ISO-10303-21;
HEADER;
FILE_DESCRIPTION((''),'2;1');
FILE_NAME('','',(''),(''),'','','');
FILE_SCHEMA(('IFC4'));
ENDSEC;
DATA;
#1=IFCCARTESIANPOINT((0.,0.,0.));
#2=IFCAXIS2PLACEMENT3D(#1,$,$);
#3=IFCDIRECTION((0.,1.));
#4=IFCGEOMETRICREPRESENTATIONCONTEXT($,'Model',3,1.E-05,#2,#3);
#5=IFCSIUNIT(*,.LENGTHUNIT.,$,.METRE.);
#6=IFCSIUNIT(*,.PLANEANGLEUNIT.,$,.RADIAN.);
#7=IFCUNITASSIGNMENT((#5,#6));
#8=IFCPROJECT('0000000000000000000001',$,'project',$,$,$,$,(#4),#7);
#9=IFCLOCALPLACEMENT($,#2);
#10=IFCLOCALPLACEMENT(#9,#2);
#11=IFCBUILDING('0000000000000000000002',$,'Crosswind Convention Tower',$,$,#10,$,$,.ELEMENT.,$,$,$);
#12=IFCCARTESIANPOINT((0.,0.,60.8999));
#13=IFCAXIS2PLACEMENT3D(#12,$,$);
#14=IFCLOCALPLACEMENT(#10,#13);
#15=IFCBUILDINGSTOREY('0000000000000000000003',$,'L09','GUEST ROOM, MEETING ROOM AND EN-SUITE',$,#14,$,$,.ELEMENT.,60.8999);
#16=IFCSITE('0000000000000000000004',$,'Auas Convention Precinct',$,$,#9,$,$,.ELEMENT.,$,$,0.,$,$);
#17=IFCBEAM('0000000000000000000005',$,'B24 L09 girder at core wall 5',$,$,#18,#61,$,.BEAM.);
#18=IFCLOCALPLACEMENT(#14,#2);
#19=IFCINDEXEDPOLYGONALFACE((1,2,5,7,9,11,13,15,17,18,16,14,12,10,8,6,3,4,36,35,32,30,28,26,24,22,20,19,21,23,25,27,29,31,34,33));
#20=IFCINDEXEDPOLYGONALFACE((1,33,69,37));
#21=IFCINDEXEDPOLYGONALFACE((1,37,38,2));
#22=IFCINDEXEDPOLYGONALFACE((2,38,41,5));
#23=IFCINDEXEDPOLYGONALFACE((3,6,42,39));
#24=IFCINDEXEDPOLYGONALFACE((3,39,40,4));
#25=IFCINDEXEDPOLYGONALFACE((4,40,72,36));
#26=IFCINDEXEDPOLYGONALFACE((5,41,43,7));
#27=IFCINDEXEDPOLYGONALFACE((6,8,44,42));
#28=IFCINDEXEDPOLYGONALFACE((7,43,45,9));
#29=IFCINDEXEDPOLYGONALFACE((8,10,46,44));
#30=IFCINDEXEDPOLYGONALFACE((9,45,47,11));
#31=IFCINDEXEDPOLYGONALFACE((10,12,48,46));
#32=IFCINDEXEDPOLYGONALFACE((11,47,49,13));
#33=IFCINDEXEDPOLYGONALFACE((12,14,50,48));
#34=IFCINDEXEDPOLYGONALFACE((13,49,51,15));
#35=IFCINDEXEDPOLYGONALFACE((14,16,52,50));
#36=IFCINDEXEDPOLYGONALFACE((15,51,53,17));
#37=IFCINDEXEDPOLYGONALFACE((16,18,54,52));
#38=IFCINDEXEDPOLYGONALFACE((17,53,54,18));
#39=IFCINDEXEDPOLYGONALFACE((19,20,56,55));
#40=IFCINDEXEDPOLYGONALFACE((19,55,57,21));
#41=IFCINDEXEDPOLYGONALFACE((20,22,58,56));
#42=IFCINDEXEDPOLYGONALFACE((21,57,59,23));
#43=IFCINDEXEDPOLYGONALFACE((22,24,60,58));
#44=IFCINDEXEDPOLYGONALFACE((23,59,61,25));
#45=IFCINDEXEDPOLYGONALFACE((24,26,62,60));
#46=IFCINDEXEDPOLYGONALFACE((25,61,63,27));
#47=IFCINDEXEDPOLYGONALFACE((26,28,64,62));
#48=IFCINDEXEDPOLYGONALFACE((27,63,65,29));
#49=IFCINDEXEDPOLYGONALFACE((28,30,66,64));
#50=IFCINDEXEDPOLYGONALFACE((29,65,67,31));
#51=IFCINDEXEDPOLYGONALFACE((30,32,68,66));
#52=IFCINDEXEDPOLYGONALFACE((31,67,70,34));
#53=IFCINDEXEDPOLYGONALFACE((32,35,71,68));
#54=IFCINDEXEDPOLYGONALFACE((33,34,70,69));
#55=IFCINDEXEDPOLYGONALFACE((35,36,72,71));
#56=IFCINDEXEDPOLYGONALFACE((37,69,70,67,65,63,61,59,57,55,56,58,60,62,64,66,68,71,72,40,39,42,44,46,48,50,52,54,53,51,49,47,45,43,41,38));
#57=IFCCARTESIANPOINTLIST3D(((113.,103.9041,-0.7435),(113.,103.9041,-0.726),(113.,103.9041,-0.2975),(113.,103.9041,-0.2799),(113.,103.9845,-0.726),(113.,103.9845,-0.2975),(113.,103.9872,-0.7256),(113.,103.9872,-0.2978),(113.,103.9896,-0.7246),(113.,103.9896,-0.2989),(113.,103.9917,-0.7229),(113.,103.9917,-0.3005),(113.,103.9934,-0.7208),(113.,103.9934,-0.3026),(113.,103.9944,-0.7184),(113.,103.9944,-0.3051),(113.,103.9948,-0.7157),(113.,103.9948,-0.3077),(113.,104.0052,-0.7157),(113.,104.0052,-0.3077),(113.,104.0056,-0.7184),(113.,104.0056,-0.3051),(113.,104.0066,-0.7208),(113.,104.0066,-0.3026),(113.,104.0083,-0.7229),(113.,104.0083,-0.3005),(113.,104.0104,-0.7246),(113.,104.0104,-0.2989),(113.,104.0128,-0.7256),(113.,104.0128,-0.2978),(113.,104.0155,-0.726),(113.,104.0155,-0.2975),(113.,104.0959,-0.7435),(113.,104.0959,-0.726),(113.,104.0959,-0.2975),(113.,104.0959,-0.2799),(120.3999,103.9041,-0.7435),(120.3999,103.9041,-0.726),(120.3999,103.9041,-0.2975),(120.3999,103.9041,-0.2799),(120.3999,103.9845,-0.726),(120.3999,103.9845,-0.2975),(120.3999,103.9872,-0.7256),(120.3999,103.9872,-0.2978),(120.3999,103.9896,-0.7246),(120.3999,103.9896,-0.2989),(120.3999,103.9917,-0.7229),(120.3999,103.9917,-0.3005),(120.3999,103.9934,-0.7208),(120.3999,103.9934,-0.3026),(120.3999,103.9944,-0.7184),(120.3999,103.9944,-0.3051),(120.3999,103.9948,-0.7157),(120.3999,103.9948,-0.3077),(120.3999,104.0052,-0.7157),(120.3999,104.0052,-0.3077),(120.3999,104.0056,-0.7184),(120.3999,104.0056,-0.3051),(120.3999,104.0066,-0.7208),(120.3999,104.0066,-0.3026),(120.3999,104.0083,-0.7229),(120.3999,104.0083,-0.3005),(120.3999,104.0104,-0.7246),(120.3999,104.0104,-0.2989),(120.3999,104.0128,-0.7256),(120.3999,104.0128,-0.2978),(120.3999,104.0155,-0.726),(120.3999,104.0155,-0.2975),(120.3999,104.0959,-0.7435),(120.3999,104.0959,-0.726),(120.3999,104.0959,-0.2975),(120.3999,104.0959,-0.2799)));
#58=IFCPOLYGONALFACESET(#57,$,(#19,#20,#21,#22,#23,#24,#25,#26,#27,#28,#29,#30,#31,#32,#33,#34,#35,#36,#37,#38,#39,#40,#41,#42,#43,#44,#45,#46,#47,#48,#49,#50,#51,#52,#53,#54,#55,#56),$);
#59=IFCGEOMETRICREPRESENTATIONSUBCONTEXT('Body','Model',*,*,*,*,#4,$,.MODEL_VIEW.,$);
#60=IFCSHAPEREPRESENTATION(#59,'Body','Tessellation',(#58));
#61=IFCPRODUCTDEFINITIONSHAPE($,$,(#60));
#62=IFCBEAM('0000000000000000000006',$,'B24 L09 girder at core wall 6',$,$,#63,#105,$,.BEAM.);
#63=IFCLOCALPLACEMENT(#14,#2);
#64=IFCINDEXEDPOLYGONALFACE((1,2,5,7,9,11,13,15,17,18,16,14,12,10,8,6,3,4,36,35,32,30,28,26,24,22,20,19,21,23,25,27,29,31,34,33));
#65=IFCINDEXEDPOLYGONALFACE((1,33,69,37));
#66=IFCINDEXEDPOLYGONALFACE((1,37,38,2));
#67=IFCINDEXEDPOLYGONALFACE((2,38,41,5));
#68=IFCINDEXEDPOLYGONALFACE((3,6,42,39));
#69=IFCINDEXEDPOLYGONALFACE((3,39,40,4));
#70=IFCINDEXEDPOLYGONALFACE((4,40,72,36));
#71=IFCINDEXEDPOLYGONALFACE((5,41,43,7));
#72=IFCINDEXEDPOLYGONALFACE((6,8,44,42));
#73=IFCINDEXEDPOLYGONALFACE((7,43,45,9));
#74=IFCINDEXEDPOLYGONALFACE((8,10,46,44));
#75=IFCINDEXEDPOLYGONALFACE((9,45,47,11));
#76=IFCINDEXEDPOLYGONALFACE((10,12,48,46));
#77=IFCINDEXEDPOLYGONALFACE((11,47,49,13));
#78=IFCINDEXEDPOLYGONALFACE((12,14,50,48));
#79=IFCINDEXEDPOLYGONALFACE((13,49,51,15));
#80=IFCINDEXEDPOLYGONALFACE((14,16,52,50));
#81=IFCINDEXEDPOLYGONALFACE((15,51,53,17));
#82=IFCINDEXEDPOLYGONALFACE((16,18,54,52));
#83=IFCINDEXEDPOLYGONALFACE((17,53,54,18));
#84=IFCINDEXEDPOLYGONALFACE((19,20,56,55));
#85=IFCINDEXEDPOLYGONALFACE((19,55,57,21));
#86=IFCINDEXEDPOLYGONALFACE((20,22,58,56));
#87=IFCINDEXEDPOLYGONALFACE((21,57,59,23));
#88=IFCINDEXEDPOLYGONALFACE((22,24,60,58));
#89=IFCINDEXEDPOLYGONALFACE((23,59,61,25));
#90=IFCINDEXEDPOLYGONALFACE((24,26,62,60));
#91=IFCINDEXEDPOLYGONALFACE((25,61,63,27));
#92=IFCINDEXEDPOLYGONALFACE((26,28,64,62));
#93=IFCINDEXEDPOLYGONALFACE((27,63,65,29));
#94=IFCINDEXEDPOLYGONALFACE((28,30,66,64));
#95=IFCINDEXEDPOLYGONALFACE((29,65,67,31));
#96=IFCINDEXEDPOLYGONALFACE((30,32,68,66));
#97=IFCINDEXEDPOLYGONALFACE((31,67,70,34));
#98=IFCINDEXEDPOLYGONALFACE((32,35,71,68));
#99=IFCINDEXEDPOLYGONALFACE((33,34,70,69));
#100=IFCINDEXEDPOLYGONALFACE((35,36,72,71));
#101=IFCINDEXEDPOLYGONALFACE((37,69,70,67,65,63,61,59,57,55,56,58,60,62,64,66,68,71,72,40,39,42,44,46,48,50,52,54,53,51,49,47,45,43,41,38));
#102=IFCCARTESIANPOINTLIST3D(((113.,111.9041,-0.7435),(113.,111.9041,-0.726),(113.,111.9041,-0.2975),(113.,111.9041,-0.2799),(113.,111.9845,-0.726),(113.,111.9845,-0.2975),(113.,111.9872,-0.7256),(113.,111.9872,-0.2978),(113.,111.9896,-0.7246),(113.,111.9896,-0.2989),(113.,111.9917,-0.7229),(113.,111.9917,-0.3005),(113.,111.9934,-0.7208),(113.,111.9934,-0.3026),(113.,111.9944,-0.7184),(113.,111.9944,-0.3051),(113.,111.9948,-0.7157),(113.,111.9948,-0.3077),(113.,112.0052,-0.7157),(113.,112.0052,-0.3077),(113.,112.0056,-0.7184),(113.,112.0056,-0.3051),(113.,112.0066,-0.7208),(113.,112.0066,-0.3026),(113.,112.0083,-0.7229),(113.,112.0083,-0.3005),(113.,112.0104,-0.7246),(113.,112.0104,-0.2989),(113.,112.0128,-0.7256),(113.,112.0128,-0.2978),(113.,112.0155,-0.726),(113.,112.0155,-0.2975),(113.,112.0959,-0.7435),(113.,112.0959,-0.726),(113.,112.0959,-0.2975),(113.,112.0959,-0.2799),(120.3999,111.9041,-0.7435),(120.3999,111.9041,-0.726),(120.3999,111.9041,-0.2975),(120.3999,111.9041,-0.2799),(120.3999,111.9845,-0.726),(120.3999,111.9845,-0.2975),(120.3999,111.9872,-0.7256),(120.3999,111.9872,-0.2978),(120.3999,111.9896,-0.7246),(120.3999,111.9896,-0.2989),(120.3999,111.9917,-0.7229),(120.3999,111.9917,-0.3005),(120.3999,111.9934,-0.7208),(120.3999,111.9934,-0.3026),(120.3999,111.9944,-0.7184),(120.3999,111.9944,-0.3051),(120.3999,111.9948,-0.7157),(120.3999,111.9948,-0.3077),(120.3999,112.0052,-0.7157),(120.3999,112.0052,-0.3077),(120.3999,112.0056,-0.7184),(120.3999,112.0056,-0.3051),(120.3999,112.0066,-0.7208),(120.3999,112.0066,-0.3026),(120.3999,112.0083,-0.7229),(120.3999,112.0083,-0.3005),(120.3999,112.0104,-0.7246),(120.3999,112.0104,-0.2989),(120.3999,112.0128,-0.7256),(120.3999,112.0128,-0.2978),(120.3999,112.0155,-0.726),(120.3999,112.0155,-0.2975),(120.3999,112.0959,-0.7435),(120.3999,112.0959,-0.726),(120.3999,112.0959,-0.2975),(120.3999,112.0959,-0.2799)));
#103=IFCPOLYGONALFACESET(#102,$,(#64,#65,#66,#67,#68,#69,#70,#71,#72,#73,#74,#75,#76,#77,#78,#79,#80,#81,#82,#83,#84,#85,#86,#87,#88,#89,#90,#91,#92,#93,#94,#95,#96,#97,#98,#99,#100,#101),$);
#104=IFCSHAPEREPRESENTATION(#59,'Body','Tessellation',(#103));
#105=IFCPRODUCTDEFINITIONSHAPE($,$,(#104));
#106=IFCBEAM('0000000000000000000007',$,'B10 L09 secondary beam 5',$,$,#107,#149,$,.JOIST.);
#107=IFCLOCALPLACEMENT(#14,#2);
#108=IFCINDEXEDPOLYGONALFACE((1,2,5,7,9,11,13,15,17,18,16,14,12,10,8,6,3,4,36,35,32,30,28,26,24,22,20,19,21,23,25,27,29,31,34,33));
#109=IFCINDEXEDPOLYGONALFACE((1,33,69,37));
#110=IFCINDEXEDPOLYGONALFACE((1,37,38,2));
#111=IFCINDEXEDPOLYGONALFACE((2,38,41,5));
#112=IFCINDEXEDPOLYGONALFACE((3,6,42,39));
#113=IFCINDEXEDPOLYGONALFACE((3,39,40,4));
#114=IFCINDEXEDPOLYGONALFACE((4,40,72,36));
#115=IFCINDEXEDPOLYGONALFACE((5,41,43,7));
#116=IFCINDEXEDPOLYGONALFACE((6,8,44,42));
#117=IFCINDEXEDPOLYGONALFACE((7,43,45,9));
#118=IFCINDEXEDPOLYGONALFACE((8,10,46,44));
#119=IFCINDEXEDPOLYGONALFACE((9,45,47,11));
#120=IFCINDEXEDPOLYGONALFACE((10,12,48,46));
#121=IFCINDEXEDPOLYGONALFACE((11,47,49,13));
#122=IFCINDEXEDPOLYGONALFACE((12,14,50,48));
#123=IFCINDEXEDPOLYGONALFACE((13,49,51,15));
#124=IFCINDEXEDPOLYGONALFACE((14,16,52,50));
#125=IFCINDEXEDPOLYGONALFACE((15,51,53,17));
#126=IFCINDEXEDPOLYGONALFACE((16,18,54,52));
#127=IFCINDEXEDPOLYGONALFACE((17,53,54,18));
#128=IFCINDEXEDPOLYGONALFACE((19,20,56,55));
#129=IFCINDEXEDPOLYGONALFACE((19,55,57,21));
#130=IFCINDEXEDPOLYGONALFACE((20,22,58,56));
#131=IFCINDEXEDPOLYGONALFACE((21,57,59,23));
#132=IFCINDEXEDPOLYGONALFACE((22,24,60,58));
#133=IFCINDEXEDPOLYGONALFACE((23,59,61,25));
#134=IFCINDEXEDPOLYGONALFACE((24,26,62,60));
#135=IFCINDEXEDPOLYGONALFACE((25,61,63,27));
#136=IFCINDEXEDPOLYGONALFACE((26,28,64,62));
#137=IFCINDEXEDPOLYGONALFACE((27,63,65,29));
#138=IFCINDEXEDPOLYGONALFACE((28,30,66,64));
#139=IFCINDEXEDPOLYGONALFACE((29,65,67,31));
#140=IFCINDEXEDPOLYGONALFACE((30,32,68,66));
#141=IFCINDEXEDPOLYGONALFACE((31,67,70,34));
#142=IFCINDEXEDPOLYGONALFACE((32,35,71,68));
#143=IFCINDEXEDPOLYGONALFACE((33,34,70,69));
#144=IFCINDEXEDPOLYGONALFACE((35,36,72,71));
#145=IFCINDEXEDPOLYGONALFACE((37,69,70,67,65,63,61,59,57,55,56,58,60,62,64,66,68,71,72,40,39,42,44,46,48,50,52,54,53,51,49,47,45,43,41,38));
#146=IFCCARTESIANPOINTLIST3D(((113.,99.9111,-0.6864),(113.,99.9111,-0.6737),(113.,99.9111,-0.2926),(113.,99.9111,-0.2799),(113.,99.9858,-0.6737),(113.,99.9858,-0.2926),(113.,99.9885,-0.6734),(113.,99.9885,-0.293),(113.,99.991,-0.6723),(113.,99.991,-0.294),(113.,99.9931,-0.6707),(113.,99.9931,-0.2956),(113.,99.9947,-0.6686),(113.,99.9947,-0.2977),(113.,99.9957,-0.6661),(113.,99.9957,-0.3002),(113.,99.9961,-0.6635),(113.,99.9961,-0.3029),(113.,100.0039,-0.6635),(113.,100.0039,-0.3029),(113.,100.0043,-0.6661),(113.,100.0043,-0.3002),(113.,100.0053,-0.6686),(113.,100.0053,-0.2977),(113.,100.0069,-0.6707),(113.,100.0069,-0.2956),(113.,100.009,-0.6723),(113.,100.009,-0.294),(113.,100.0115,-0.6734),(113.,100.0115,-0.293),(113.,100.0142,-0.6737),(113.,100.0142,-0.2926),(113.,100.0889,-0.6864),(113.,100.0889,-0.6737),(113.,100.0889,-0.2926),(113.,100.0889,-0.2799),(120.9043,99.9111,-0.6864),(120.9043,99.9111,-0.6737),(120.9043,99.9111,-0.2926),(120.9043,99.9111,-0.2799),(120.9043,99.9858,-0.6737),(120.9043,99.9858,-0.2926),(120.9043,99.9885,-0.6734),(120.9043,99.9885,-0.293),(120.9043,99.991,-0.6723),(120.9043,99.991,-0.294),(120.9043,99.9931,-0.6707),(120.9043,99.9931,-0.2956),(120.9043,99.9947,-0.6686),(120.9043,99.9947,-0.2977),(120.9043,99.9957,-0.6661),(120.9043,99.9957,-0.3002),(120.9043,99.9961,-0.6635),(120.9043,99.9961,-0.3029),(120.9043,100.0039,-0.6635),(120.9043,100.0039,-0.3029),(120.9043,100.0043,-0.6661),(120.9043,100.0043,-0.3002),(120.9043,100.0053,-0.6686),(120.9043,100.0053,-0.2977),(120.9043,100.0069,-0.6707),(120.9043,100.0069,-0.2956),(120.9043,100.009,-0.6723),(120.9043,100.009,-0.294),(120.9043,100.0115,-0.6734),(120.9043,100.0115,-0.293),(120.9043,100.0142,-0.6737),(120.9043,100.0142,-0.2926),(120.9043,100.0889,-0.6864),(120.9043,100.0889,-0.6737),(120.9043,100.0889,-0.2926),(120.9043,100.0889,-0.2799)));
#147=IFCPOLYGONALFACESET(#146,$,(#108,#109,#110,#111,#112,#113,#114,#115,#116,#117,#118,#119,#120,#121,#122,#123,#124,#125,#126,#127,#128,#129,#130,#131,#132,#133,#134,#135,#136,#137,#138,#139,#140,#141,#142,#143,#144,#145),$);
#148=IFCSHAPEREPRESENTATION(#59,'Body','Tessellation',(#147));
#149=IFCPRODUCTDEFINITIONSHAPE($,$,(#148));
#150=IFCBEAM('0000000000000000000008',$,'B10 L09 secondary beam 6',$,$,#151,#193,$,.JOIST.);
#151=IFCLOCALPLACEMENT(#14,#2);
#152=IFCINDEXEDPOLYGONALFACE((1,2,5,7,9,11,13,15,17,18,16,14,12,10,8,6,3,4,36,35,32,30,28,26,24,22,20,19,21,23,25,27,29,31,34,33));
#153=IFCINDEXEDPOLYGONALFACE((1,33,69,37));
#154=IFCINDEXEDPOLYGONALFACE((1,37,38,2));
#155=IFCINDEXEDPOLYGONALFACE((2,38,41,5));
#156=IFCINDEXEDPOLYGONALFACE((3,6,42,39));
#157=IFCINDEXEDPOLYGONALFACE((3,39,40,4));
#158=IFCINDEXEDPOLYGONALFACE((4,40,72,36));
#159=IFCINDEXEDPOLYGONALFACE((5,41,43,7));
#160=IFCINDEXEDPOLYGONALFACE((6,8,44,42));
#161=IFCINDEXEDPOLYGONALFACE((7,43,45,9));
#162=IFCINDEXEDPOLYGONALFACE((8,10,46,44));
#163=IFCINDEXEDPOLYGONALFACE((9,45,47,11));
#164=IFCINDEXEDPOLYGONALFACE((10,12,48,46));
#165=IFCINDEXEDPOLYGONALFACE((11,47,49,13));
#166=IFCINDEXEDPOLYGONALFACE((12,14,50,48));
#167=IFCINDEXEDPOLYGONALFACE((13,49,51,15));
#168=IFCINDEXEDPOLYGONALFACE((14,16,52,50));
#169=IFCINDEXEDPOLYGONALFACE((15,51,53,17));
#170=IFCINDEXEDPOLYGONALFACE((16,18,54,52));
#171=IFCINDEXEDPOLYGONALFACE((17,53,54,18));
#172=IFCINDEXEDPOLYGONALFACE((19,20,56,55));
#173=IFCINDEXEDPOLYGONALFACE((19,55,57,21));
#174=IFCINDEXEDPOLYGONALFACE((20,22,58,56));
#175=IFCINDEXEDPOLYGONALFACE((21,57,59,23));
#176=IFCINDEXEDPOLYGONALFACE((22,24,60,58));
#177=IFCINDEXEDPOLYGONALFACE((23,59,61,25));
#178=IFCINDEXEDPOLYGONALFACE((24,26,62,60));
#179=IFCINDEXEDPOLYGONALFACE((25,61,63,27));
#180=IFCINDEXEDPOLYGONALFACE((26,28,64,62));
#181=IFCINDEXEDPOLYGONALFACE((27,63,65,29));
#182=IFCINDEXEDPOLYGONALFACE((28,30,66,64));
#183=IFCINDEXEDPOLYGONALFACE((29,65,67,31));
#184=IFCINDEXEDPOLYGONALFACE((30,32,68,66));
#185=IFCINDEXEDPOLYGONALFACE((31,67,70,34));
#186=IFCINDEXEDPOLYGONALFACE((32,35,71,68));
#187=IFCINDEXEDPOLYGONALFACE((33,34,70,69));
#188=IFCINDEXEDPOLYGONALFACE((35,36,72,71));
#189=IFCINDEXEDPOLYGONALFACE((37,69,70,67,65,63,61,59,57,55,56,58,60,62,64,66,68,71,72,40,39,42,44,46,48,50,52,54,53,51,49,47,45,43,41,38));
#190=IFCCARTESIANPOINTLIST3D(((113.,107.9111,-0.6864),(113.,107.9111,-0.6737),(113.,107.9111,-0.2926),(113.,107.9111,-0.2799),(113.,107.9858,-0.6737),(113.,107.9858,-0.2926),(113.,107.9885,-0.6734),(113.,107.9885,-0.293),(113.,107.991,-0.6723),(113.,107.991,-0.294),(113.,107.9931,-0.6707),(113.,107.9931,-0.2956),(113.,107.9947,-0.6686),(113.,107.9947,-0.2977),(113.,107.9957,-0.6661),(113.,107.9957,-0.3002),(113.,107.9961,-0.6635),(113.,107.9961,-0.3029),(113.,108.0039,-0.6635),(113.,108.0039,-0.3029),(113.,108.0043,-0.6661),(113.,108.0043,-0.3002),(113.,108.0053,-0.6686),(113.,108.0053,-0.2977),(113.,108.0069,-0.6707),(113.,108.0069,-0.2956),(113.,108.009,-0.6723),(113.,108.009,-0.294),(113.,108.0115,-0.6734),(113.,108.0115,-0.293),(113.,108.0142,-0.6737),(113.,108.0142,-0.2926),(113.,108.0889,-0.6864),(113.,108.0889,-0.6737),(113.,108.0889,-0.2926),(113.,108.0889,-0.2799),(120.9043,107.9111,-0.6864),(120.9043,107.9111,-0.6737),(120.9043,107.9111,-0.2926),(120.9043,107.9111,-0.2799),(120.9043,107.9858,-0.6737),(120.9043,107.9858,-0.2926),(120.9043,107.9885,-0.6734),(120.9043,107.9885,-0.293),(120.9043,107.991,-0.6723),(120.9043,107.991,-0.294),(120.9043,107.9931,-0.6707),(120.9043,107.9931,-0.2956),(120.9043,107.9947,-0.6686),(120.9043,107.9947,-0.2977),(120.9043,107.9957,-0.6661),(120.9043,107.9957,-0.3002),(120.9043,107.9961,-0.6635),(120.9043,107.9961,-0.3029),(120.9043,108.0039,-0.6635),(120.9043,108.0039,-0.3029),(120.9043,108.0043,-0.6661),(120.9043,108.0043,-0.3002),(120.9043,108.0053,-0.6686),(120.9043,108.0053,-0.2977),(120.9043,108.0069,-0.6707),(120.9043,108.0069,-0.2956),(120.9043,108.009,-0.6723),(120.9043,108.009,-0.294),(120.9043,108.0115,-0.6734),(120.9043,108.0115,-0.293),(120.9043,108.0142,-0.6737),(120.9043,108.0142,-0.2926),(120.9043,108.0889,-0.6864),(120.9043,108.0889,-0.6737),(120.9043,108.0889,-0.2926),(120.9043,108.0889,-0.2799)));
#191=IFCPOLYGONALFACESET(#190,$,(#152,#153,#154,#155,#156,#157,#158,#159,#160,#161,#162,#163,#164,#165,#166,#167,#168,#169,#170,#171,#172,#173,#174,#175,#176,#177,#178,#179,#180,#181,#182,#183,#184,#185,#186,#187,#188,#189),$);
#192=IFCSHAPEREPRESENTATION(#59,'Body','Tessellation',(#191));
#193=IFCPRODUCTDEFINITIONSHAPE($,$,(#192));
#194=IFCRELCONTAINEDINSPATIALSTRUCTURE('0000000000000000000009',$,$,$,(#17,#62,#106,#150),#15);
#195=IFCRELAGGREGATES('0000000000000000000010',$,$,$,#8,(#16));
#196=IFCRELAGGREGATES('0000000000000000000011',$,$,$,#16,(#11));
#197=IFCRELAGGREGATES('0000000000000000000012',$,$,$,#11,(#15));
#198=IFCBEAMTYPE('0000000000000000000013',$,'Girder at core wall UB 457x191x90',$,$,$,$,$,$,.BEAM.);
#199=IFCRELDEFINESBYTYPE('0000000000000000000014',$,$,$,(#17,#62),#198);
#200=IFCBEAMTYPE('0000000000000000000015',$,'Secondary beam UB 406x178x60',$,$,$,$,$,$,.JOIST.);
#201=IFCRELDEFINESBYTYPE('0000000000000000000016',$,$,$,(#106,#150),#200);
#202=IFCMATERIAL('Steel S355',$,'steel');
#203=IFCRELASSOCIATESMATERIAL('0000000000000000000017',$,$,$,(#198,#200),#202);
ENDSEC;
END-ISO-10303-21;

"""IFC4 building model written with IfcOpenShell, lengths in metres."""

from ifc_helpers import new_model, si_unit, direction, frame, origin, origin_2d, place, context, subcontext, project, spatial, i_section, extrude, material, material_profile, profile_set, type_object, element, save


model = new_model("IFC4")

# Units and contexts
model_context = context("Model", 3, precision=1e-05, world=origin(), true_north=direction((0.0, 1.0)))
body_context = subcontext(model_context, "Body", "Model", "MODEL_VIEW")
ifc_project = project(units=[si_unit("LENGTHUNIT", "METRE"), si_unit("PLANEANGLEUNIT", "RADIAN")], contexts=[model_context])

# Site, building, storey
site_placement = place(None, origin())
site = spatial("IfcSite", under=ifc_project, at=site_placement, Name="Auas Convention Precinct", CompositionType="ELEMENT", RefElevation=0.0)
building_placement = place(site_placement, origin())
building = spatial("IfcBuilding", under=site, at=building_placement, Name="Crosswind Convention Tower", CompositionType="ELEMENT")
storey_placement = place(building_placement, frame((0.0, 0.0, 60.8999)))
storey = spatial("IfcBuildingStorey", under=building, at=storey_placement, Name="L09", Description="GUEST ROOM, MEETING ROOM AND EN-SUITE", CompositionType="ELEMENT", Elevation=60.8999)

# Beams
ifc_material_1 = material(Name="Steel S355", Category="steel")
ifc_material_profile_1 = material_profile(ifc_material_1, i_section(OverallWidth=0.1919, OverallDepth=0.4636, WebThickness=0.0105, FlangeThickness=0.0176, FilletRadius=0.0103, at=origin_2d()), Name="UB 457x191x90")
ifc_profile_set_1 = profile_set([ifc_material_profile_1], Name="Steel S355")
beam_type_1 = type_object("IfcBeamType", Name="Girder at core wall UB 457x191x90", PredefinedType="BEAM", material=ifc_profile_set_1)
for number, where, z_axis, x_axis, name in (
    (1, (113.0, 104.0, -0.5117), (1.0, 0.0, 0.0), (0.0, 1.0, 0.0), "B24 L09 girder at core wall 5"),
    (2, (113.0, 112.0, -0.5117), (1.0, 0.0, 0.0), (0.0, 1.0, 0.0), "B24 L09 girder at core wall 6"),
):
    element("IfcBeam", number, at=place(storey_placement, frame(where, z_axis=z_axis, x_axis=x_axis)), inside=storey, type_object=beam_type_1, Name=name, PredefinedType="BEAM", context=body_context, shape_type="SweptSolid", body=[
        extrude(i_section(OverallWidth=0.1919, OverallDepth=0.4636, WebThickness=0.0105, FlangeThickness=0.0176, FilletRadius=0.0103, at=origin_2d()), origin(), (0.0, 0.0, 1.0), 7.3999),
    ])
ifc_material_profile_2 = material_profile(ifc_material_1, i_section(OverallWidth=0.1777, OverallDepth=0.4065, WebThickness=0.0078, FlangeThickness=0.0127, FilletRadius=0.0103, at=origin_2d()), Name="UB 406x178x60")
ifc_profile_set_2 = profile_set([ifc_material_profile_2], Name="Steel S355")
beam_type_2 = type_object("IfcBeamType", Name="Secondary beam UB 406x178x60", PredefinedType="JOIST", material=ifc_profile_set_2)
for number, where, z_axis, x_axis, name in (
    (3, (113.0, 100.0, -0.4832), (1.0, 0.0, 0.0), (0.0, 1.0, 0.0), "B10 L09 secondary beam 5"),
    (4, (113.0, 108.0, -0.4832), (1.0, 0.0, 0.0), (0.0, 1.0, 0.0), "B10 L09 secondary beam 6"),
):
    element("IfcBeam", number, at=place(storey_placement, frame(where, z_axis=z_axis, x_axis=x_axis)), inside=storey, type_object=beam_type_2, Name=name, PredefinedType="JOIST", context=body_context, shape_type="SweptSolid", body=[
        extrude(i_section(OverallWidth=0.1777, OverallDepth=0.4065, WebThickness=0.0078, FlangeThickness=0.0127, FilletRadius=0.0103, at=origin_2d()), origin(), (0.0, 0.0, 1.0), 7.9043),
    ])

save(model, "model.ifc")
